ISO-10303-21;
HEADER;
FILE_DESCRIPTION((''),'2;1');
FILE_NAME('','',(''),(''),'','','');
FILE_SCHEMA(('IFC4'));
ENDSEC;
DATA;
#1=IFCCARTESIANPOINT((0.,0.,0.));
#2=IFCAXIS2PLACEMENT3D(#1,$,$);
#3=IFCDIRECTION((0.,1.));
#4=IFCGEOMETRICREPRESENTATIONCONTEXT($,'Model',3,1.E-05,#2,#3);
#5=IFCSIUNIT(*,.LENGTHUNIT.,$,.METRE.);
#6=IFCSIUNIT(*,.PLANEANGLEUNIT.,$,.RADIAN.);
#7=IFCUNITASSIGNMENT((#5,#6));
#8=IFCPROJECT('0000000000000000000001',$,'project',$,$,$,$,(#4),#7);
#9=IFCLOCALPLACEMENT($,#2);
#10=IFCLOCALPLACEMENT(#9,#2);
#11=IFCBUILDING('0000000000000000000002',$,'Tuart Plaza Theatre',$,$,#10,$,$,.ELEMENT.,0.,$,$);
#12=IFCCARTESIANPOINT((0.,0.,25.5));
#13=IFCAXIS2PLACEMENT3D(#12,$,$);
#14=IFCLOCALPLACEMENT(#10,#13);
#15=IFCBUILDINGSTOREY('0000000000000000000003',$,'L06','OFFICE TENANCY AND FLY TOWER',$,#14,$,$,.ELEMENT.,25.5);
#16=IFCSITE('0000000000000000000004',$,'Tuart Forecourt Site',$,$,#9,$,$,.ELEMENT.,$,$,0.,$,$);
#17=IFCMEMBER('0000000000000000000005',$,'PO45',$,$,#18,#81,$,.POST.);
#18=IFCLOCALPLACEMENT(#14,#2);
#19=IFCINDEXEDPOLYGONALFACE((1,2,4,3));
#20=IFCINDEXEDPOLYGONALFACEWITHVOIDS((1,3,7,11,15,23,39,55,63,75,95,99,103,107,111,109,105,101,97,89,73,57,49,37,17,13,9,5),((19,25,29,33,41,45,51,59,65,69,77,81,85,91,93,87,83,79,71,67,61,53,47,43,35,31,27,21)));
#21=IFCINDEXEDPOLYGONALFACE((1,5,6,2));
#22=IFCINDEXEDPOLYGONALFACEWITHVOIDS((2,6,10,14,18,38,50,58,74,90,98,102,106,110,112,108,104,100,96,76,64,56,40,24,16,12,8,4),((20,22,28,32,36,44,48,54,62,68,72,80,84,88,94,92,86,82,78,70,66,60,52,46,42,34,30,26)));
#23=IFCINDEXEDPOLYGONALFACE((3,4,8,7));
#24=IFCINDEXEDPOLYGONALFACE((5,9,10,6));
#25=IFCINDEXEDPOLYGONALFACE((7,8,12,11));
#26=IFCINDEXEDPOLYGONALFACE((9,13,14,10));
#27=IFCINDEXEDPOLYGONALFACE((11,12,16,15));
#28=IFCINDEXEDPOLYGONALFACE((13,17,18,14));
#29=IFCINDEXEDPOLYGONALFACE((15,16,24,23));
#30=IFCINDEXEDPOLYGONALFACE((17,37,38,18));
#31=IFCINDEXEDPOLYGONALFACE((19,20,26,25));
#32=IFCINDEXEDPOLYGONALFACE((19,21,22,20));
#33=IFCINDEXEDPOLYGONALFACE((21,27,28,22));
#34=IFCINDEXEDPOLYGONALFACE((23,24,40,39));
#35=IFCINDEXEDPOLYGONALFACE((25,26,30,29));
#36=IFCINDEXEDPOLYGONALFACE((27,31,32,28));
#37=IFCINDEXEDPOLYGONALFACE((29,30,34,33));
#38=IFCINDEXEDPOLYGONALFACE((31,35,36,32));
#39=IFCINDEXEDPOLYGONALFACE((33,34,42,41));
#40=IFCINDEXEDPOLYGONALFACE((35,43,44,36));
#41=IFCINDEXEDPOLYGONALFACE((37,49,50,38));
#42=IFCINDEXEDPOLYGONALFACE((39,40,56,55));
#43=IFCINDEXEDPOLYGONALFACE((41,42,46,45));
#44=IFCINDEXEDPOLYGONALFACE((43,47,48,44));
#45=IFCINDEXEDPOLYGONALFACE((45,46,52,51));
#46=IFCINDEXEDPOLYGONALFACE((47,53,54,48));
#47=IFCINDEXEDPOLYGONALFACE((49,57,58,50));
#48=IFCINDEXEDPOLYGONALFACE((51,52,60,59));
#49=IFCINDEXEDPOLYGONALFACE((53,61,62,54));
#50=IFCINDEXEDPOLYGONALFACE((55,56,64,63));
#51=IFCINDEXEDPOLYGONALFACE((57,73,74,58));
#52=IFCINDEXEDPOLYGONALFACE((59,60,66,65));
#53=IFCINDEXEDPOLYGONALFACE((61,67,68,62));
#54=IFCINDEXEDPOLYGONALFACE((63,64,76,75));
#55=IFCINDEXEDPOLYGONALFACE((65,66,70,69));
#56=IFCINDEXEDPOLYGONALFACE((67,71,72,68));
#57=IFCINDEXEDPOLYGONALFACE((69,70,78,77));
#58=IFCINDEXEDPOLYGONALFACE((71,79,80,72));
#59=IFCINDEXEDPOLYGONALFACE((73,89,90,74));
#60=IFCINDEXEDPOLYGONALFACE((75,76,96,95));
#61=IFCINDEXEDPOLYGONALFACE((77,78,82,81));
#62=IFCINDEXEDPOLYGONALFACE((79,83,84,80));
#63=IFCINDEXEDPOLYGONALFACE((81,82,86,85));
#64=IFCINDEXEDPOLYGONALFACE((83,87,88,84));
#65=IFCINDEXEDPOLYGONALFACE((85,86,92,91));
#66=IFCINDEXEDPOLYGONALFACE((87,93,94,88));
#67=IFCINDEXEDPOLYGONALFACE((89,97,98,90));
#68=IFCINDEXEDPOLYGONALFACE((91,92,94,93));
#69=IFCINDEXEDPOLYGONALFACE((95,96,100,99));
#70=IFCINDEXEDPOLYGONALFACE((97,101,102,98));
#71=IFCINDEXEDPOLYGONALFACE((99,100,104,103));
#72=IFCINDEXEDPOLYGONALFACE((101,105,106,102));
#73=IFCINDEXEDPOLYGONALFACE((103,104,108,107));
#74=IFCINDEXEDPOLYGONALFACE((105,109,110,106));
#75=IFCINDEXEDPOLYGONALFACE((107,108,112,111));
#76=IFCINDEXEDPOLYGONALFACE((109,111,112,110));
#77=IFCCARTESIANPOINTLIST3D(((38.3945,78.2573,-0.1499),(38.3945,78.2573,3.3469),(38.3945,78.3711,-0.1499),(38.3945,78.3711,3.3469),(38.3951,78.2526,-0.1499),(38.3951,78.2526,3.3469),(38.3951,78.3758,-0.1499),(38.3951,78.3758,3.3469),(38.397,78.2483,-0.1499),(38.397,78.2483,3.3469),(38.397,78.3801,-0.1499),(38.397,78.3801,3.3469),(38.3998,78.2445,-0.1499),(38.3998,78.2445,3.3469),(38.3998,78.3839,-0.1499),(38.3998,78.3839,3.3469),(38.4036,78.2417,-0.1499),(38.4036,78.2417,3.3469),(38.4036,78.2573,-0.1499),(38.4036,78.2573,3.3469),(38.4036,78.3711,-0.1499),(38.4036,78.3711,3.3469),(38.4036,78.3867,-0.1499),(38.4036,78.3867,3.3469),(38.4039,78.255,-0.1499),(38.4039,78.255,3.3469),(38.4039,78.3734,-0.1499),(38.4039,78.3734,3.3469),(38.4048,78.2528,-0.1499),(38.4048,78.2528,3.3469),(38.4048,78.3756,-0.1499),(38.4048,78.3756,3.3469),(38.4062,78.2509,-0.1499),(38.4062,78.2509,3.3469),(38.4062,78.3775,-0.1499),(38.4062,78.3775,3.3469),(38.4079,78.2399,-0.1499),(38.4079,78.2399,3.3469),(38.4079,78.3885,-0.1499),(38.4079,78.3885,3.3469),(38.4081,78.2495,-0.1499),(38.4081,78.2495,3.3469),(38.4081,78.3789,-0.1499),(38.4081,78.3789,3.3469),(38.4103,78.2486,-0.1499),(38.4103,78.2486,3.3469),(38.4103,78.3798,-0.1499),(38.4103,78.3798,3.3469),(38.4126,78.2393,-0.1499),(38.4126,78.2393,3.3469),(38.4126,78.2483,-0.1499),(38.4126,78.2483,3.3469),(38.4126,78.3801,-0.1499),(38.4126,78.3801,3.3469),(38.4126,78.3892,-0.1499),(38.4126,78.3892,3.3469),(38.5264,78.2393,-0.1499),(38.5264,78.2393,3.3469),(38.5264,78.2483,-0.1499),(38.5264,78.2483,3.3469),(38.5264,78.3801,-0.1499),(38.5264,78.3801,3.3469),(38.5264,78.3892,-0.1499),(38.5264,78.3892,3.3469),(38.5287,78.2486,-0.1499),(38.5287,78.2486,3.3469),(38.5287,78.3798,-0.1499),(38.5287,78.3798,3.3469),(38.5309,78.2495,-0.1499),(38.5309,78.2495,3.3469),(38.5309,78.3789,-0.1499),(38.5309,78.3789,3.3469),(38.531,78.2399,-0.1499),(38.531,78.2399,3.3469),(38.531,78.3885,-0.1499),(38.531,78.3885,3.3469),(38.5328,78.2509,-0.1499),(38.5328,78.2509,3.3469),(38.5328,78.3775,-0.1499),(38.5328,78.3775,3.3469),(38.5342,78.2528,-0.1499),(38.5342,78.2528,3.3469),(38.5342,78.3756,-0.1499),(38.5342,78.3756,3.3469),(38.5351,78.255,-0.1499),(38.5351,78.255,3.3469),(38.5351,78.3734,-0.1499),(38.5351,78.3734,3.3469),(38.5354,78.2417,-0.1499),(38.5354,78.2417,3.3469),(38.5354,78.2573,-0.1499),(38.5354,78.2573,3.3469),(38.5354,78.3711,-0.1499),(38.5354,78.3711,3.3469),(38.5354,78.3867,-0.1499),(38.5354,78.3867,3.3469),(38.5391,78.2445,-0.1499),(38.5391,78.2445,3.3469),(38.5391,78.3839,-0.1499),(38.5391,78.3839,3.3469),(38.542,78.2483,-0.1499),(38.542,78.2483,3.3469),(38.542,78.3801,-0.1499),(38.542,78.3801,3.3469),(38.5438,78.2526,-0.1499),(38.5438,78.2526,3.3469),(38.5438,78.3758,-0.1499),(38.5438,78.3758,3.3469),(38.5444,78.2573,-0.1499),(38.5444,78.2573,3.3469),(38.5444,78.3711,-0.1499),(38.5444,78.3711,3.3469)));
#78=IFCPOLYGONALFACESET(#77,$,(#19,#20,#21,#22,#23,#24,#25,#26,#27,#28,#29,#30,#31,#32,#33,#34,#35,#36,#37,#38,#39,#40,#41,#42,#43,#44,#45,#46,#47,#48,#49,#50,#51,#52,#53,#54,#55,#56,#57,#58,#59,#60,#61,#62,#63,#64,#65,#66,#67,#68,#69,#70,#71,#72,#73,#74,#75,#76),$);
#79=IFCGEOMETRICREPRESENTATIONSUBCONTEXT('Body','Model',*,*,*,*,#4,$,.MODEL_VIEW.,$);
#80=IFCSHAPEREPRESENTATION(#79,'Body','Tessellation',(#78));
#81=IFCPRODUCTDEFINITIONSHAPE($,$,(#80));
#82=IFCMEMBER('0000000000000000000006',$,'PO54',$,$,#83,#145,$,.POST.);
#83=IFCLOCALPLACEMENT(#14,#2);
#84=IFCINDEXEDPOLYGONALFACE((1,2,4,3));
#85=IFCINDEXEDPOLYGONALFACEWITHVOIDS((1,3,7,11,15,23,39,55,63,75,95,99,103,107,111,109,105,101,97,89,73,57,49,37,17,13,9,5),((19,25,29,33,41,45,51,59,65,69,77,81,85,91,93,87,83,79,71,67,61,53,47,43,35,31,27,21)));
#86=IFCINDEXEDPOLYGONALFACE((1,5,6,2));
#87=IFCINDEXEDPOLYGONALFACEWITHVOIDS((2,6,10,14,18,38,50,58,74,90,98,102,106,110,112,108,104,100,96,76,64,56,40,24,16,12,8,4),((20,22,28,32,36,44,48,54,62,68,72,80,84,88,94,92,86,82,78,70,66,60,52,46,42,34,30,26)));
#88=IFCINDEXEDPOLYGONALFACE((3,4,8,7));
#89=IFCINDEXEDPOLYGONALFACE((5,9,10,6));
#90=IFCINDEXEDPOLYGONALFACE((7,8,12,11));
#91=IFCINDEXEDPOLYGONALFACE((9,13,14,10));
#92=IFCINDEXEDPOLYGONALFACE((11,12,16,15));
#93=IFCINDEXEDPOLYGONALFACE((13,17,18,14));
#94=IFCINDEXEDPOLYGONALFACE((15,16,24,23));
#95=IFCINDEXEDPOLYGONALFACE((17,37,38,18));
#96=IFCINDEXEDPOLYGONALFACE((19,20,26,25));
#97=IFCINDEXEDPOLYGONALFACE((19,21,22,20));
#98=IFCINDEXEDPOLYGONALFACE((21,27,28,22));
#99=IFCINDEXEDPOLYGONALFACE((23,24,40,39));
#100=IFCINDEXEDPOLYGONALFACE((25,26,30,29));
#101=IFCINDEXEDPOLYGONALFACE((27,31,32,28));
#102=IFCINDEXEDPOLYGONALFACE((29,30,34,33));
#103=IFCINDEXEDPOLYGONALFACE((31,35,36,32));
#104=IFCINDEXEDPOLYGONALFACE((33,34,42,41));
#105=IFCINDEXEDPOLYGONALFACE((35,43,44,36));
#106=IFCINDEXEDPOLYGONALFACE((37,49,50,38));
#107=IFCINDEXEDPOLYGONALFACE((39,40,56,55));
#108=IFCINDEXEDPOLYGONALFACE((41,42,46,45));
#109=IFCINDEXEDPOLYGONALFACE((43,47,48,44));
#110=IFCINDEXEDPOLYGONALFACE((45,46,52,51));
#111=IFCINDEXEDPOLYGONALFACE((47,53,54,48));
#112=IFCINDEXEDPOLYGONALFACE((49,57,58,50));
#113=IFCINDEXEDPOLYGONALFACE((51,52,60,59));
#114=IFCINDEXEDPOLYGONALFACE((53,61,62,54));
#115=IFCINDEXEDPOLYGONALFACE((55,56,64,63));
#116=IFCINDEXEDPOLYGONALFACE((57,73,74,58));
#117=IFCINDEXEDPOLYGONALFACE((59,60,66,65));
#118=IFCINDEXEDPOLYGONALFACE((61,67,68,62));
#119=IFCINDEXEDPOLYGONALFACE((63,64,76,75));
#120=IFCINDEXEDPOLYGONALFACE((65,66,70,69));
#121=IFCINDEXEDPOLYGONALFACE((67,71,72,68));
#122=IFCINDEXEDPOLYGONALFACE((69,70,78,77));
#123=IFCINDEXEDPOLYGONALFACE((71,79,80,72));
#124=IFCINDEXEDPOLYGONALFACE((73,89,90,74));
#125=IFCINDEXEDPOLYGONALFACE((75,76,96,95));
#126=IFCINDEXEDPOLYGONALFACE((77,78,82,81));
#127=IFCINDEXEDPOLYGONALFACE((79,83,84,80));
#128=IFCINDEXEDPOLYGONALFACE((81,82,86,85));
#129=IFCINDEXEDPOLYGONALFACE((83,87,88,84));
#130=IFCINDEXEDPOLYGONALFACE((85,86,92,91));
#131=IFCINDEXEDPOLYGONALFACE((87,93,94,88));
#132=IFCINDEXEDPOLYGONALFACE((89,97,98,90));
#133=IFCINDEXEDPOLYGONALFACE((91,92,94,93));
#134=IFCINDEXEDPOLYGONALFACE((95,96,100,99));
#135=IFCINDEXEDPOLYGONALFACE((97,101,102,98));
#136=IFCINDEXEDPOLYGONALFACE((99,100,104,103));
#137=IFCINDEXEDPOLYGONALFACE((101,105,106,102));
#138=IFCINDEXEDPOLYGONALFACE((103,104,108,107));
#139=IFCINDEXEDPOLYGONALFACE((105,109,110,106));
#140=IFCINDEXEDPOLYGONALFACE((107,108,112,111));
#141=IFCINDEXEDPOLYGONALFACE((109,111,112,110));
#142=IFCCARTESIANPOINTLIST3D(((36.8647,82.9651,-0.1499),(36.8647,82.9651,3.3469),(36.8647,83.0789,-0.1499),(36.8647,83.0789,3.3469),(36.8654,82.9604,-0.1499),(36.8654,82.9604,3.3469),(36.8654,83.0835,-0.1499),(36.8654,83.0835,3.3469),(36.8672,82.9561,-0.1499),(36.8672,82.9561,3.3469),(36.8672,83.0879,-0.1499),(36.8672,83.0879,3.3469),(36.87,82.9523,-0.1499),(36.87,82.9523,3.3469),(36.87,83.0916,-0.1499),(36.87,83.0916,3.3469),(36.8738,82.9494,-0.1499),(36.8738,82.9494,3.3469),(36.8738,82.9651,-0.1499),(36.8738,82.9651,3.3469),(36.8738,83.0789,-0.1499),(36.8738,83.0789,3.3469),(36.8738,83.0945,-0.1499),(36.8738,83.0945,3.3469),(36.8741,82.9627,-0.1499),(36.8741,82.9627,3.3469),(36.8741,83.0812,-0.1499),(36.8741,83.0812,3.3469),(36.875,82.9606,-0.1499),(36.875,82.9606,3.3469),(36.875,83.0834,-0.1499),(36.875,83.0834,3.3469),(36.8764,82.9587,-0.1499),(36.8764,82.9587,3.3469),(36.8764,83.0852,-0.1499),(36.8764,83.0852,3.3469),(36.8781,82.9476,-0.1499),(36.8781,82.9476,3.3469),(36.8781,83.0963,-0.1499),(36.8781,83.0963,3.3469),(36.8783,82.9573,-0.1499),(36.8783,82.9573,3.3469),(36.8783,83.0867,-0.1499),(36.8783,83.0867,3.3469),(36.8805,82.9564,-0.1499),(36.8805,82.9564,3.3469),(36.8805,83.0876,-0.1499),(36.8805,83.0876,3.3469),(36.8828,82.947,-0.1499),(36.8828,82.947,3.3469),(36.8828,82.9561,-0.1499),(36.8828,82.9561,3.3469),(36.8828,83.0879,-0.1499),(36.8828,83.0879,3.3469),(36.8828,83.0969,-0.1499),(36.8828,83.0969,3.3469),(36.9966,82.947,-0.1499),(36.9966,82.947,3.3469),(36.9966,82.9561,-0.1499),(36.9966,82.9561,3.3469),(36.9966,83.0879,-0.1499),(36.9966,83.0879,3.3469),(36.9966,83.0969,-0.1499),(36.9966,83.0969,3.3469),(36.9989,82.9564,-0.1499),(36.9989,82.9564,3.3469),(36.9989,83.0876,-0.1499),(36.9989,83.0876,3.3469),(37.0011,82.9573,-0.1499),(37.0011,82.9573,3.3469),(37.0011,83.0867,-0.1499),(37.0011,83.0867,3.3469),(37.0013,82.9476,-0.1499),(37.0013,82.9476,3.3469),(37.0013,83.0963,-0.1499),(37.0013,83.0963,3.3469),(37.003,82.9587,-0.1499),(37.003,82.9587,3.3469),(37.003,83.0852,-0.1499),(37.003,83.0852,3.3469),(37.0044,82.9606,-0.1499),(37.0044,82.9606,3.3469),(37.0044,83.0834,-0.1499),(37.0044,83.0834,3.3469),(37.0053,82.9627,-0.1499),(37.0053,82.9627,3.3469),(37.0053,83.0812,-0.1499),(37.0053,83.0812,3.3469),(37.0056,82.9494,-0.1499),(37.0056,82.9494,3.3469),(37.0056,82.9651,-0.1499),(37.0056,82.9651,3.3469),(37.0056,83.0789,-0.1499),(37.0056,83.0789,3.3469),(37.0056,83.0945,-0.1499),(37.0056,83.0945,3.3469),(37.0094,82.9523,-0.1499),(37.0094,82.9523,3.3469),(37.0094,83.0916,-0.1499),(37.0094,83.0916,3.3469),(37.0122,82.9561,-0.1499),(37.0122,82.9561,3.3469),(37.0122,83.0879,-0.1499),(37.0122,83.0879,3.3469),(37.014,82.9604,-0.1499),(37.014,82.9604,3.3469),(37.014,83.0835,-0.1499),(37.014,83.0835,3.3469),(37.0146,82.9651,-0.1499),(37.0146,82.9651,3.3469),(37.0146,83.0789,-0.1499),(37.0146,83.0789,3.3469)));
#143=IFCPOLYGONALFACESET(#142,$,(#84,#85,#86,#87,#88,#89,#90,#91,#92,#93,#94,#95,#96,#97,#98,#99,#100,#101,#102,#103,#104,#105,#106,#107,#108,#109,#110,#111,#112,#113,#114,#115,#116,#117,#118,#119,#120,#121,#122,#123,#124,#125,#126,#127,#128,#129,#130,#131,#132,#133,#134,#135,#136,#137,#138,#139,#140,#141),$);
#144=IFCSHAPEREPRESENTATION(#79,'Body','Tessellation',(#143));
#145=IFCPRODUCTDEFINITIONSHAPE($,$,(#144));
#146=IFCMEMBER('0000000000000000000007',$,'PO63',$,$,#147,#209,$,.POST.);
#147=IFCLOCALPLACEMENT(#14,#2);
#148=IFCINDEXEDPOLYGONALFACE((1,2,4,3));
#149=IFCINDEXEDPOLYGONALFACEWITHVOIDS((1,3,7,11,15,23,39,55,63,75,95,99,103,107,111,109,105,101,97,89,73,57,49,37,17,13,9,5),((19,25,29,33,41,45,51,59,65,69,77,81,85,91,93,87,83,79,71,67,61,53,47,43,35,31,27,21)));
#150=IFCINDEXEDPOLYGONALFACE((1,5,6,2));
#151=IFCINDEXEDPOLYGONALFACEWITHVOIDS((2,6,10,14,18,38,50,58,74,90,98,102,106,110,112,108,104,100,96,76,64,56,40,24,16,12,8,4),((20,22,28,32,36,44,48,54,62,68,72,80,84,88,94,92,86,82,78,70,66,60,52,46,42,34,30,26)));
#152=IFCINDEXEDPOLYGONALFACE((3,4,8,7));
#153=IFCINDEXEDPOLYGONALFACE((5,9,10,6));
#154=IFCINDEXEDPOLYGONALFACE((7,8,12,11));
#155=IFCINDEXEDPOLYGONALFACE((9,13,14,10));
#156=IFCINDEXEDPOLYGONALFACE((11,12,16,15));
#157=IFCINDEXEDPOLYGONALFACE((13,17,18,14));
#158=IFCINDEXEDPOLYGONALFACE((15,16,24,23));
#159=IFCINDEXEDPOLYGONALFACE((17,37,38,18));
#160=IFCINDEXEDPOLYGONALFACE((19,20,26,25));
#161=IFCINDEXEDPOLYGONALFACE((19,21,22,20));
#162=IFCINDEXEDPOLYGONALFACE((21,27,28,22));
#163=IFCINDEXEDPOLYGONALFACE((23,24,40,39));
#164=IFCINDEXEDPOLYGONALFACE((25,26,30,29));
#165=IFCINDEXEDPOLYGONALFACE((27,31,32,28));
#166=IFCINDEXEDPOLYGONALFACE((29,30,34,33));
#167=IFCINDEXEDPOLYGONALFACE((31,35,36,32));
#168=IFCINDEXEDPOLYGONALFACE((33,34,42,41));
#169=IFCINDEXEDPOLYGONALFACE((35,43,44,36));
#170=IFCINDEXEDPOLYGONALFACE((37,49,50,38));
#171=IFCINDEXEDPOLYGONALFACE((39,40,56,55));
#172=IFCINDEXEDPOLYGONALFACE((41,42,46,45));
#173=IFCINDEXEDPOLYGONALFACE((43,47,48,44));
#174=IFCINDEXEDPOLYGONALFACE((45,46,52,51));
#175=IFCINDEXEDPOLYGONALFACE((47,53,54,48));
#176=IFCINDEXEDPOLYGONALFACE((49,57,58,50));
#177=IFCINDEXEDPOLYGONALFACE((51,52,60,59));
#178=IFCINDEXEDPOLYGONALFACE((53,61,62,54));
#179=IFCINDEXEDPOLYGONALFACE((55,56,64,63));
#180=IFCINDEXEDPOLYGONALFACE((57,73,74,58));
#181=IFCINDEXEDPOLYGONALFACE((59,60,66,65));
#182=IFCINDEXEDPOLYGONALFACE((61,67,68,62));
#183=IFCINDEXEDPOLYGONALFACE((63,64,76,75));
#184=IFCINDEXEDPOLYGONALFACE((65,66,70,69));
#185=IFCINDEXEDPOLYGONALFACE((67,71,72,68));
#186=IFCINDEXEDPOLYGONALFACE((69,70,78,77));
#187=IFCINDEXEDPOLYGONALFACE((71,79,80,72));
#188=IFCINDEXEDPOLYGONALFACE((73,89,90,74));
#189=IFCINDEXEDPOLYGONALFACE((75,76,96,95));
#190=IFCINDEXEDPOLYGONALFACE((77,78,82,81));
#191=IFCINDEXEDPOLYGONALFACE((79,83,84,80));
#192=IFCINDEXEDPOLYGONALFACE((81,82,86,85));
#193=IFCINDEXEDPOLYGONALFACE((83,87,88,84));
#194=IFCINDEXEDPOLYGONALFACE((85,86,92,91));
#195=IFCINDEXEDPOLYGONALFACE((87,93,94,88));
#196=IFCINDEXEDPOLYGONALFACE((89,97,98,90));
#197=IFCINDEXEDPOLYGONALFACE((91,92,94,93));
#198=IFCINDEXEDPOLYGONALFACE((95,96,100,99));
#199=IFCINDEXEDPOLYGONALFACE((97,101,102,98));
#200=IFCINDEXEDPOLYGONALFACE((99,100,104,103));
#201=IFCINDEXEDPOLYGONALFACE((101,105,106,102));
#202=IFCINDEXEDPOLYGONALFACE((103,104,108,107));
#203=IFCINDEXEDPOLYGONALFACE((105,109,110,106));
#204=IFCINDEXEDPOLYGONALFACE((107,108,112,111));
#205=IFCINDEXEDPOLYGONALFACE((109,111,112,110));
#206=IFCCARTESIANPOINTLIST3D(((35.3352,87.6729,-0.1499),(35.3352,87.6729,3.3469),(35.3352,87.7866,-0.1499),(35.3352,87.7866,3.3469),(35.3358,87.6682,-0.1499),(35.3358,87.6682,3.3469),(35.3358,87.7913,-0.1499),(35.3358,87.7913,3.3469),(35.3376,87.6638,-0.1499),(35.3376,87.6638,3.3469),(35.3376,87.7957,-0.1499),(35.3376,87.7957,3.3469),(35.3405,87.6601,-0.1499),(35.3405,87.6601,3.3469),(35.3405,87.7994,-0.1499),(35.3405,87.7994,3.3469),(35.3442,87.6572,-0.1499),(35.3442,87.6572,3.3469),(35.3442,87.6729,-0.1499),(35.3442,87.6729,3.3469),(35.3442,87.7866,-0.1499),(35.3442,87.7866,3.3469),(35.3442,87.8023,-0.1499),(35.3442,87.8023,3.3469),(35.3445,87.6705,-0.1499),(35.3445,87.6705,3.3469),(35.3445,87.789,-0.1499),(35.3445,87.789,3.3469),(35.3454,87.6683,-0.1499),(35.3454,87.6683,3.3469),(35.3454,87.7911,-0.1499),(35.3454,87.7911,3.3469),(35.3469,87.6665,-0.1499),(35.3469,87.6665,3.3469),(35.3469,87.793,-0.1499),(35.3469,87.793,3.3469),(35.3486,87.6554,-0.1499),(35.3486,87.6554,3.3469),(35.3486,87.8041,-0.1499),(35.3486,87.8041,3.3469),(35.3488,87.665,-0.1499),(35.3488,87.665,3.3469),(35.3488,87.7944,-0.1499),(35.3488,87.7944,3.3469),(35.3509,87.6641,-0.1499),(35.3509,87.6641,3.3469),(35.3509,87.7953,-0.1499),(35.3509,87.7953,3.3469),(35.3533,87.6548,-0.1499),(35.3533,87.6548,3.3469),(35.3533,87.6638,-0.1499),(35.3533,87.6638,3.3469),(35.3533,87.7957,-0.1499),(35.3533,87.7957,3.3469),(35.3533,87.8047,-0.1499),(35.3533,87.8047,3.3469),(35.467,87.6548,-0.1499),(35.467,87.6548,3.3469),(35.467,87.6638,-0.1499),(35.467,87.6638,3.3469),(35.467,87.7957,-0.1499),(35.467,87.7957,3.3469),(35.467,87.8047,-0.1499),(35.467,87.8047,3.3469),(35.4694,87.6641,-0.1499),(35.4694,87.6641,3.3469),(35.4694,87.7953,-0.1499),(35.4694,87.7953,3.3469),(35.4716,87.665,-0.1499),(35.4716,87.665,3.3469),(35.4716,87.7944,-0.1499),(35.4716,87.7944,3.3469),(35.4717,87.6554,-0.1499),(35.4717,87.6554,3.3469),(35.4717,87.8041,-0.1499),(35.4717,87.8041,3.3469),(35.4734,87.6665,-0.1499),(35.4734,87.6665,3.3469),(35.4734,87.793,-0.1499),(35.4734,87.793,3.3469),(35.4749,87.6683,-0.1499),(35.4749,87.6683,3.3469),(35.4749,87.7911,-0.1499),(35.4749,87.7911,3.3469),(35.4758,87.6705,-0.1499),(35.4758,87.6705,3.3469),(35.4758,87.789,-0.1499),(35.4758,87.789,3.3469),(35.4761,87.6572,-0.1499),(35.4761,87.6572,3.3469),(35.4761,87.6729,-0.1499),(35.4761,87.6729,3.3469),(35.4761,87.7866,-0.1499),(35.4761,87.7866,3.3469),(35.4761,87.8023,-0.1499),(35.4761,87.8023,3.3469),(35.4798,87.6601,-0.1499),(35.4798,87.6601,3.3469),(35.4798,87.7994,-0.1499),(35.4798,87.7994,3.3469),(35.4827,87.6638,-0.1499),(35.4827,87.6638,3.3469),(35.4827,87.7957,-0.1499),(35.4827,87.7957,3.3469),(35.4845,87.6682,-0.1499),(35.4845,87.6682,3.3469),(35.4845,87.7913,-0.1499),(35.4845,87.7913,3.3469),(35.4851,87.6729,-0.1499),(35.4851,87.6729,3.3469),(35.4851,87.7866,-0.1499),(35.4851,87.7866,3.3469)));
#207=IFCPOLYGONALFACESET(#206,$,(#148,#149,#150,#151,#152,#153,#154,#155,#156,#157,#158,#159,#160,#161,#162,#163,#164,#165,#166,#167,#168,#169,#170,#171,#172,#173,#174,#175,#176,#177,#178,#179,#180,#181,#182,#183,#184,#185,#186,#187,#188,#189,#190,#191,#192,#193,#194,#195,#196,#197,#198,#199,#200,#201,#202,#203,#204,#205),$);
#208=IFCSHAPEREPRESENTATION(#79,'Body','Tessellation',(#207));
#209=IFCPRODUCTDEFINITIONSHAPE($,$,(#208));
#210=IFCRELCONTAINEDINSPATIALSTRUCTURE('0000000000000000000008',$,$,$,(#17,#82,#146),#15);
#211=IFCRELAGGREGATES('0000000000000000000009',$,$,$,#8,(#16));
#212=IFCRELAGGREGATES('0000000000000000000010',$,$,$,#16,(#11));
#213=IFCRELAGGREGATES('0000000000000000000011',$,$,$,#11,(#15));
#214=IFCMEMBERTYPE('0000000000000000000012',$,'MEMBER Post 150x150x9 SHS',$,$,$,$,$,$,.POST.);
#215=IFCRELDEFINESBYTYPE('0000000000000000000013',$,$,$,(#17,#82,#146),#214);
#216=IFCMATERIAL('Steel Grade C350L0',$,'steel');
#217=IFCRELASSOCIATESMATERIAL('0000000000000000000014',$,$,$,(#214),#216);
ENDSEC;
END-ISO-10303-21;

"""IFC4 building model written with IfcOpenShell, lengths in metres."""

from ifc_helpers import new_model, si_unit, direction, frame, origin, origin_2d, place, context, subcontext, project, spatial, hollow_rectangle, extrude, material, material_profile, profile_set, type_object, element, save


model = new_model("IFC4")

# Units and contexts
model_context = context("Model", 3, precision=1e-05, world=origin(), true_north=direction((0.0, 1.0)))
body_context = subcontext(model_context, "Body", "Model", "MODEL_VIEW")
ifc_project = project(units=[si_unit("LENGTHUNIT", "METRE"), si_unit("PLANEANGLEUNIT", "RADIAN")], contexts=[model_context])

# Site, building, storey
site_placement = place(None, origin())
site = spatial("IfcSite", under=ifc_project, at=site_placement, Name="Tuart Forecourt Site", CompositionType="ELEMENT", RefElevation=0.0)
building_placement = place(site_placement, origin())
building = spatial("IfcBuilding", under=site, at=building_placement, Name="Tuart Plaza Theatre", CompositionType="ELEMENT", ElevationOfRefHeight=0.0)
storey_placement = place(building_placement, frame((0.0, 0.0, 25.5)))
storey = spatial("IfcBuildingStorey", under=building, at=storey_placement, Name="L06", Description="OFFICE TENANCY AND FLY TOWER", CompositionType="ELEMENT", Elevation=25.5)

# Members
ifc_material_1 = material(Name="Steel Grade C350L0", Category="steel")
ifc_material_profile_1 = material_profile(ifc_material_1, hollow_rectangle(XDim=0.1499, YDim=0.1499, WallThickness=0.009, InnerFilletRadius=0.009, OuterFilletRadius=0.0181, at=origin_2d()), Name="150x150x9 SHS")
ifc_profile_set_1 = profile_set([ifc_material_profile_1], Name="Steel Grade C350L0")
member_type_1 = type_object("IfcMemberType", Name="MEMBER Post 150x150x9 SHS", PredefinedType="POST", material=ifc_profile_set_1)
for number, where, z_axis, x_axis, name in (
    (1, (38.4695, 78.3142, -0.1499), (0.0, 0.0, 1.0), (1.0, 0.0, 0.0), "PO45"),
    (2, (36.9397, 83.022, -0.1499), (0.0, 0.0, 1.0), (1.0, 0.0, 0.0), "PO54"),
    (3, (35.4102, 87.7297, -0.1499), (0.0, 0.0, 1.0), (1.0, 0.0, 0.0), "PO63"),
):
    element("IfcMember", number, at=place(storey_placement, frame(where, z_axis=z_axis, x_axis=x_axis)), inside=storey, type_object=member_type_1, Name=name, PredefinedType="POST", context=body_context, shape_type="SweptSolid", body=[
        extrude(hollow_rectangle(XDim=0.1499, YDim=0.1499, WallThickness=0.009, InnerFilletRadius=0.009, OuterFilletRadius=0.0181, at=origin_2d()), origin(), (0.0, 0.0, 1.0), 3.4968),
    ])

save(model, "model.ifc")
